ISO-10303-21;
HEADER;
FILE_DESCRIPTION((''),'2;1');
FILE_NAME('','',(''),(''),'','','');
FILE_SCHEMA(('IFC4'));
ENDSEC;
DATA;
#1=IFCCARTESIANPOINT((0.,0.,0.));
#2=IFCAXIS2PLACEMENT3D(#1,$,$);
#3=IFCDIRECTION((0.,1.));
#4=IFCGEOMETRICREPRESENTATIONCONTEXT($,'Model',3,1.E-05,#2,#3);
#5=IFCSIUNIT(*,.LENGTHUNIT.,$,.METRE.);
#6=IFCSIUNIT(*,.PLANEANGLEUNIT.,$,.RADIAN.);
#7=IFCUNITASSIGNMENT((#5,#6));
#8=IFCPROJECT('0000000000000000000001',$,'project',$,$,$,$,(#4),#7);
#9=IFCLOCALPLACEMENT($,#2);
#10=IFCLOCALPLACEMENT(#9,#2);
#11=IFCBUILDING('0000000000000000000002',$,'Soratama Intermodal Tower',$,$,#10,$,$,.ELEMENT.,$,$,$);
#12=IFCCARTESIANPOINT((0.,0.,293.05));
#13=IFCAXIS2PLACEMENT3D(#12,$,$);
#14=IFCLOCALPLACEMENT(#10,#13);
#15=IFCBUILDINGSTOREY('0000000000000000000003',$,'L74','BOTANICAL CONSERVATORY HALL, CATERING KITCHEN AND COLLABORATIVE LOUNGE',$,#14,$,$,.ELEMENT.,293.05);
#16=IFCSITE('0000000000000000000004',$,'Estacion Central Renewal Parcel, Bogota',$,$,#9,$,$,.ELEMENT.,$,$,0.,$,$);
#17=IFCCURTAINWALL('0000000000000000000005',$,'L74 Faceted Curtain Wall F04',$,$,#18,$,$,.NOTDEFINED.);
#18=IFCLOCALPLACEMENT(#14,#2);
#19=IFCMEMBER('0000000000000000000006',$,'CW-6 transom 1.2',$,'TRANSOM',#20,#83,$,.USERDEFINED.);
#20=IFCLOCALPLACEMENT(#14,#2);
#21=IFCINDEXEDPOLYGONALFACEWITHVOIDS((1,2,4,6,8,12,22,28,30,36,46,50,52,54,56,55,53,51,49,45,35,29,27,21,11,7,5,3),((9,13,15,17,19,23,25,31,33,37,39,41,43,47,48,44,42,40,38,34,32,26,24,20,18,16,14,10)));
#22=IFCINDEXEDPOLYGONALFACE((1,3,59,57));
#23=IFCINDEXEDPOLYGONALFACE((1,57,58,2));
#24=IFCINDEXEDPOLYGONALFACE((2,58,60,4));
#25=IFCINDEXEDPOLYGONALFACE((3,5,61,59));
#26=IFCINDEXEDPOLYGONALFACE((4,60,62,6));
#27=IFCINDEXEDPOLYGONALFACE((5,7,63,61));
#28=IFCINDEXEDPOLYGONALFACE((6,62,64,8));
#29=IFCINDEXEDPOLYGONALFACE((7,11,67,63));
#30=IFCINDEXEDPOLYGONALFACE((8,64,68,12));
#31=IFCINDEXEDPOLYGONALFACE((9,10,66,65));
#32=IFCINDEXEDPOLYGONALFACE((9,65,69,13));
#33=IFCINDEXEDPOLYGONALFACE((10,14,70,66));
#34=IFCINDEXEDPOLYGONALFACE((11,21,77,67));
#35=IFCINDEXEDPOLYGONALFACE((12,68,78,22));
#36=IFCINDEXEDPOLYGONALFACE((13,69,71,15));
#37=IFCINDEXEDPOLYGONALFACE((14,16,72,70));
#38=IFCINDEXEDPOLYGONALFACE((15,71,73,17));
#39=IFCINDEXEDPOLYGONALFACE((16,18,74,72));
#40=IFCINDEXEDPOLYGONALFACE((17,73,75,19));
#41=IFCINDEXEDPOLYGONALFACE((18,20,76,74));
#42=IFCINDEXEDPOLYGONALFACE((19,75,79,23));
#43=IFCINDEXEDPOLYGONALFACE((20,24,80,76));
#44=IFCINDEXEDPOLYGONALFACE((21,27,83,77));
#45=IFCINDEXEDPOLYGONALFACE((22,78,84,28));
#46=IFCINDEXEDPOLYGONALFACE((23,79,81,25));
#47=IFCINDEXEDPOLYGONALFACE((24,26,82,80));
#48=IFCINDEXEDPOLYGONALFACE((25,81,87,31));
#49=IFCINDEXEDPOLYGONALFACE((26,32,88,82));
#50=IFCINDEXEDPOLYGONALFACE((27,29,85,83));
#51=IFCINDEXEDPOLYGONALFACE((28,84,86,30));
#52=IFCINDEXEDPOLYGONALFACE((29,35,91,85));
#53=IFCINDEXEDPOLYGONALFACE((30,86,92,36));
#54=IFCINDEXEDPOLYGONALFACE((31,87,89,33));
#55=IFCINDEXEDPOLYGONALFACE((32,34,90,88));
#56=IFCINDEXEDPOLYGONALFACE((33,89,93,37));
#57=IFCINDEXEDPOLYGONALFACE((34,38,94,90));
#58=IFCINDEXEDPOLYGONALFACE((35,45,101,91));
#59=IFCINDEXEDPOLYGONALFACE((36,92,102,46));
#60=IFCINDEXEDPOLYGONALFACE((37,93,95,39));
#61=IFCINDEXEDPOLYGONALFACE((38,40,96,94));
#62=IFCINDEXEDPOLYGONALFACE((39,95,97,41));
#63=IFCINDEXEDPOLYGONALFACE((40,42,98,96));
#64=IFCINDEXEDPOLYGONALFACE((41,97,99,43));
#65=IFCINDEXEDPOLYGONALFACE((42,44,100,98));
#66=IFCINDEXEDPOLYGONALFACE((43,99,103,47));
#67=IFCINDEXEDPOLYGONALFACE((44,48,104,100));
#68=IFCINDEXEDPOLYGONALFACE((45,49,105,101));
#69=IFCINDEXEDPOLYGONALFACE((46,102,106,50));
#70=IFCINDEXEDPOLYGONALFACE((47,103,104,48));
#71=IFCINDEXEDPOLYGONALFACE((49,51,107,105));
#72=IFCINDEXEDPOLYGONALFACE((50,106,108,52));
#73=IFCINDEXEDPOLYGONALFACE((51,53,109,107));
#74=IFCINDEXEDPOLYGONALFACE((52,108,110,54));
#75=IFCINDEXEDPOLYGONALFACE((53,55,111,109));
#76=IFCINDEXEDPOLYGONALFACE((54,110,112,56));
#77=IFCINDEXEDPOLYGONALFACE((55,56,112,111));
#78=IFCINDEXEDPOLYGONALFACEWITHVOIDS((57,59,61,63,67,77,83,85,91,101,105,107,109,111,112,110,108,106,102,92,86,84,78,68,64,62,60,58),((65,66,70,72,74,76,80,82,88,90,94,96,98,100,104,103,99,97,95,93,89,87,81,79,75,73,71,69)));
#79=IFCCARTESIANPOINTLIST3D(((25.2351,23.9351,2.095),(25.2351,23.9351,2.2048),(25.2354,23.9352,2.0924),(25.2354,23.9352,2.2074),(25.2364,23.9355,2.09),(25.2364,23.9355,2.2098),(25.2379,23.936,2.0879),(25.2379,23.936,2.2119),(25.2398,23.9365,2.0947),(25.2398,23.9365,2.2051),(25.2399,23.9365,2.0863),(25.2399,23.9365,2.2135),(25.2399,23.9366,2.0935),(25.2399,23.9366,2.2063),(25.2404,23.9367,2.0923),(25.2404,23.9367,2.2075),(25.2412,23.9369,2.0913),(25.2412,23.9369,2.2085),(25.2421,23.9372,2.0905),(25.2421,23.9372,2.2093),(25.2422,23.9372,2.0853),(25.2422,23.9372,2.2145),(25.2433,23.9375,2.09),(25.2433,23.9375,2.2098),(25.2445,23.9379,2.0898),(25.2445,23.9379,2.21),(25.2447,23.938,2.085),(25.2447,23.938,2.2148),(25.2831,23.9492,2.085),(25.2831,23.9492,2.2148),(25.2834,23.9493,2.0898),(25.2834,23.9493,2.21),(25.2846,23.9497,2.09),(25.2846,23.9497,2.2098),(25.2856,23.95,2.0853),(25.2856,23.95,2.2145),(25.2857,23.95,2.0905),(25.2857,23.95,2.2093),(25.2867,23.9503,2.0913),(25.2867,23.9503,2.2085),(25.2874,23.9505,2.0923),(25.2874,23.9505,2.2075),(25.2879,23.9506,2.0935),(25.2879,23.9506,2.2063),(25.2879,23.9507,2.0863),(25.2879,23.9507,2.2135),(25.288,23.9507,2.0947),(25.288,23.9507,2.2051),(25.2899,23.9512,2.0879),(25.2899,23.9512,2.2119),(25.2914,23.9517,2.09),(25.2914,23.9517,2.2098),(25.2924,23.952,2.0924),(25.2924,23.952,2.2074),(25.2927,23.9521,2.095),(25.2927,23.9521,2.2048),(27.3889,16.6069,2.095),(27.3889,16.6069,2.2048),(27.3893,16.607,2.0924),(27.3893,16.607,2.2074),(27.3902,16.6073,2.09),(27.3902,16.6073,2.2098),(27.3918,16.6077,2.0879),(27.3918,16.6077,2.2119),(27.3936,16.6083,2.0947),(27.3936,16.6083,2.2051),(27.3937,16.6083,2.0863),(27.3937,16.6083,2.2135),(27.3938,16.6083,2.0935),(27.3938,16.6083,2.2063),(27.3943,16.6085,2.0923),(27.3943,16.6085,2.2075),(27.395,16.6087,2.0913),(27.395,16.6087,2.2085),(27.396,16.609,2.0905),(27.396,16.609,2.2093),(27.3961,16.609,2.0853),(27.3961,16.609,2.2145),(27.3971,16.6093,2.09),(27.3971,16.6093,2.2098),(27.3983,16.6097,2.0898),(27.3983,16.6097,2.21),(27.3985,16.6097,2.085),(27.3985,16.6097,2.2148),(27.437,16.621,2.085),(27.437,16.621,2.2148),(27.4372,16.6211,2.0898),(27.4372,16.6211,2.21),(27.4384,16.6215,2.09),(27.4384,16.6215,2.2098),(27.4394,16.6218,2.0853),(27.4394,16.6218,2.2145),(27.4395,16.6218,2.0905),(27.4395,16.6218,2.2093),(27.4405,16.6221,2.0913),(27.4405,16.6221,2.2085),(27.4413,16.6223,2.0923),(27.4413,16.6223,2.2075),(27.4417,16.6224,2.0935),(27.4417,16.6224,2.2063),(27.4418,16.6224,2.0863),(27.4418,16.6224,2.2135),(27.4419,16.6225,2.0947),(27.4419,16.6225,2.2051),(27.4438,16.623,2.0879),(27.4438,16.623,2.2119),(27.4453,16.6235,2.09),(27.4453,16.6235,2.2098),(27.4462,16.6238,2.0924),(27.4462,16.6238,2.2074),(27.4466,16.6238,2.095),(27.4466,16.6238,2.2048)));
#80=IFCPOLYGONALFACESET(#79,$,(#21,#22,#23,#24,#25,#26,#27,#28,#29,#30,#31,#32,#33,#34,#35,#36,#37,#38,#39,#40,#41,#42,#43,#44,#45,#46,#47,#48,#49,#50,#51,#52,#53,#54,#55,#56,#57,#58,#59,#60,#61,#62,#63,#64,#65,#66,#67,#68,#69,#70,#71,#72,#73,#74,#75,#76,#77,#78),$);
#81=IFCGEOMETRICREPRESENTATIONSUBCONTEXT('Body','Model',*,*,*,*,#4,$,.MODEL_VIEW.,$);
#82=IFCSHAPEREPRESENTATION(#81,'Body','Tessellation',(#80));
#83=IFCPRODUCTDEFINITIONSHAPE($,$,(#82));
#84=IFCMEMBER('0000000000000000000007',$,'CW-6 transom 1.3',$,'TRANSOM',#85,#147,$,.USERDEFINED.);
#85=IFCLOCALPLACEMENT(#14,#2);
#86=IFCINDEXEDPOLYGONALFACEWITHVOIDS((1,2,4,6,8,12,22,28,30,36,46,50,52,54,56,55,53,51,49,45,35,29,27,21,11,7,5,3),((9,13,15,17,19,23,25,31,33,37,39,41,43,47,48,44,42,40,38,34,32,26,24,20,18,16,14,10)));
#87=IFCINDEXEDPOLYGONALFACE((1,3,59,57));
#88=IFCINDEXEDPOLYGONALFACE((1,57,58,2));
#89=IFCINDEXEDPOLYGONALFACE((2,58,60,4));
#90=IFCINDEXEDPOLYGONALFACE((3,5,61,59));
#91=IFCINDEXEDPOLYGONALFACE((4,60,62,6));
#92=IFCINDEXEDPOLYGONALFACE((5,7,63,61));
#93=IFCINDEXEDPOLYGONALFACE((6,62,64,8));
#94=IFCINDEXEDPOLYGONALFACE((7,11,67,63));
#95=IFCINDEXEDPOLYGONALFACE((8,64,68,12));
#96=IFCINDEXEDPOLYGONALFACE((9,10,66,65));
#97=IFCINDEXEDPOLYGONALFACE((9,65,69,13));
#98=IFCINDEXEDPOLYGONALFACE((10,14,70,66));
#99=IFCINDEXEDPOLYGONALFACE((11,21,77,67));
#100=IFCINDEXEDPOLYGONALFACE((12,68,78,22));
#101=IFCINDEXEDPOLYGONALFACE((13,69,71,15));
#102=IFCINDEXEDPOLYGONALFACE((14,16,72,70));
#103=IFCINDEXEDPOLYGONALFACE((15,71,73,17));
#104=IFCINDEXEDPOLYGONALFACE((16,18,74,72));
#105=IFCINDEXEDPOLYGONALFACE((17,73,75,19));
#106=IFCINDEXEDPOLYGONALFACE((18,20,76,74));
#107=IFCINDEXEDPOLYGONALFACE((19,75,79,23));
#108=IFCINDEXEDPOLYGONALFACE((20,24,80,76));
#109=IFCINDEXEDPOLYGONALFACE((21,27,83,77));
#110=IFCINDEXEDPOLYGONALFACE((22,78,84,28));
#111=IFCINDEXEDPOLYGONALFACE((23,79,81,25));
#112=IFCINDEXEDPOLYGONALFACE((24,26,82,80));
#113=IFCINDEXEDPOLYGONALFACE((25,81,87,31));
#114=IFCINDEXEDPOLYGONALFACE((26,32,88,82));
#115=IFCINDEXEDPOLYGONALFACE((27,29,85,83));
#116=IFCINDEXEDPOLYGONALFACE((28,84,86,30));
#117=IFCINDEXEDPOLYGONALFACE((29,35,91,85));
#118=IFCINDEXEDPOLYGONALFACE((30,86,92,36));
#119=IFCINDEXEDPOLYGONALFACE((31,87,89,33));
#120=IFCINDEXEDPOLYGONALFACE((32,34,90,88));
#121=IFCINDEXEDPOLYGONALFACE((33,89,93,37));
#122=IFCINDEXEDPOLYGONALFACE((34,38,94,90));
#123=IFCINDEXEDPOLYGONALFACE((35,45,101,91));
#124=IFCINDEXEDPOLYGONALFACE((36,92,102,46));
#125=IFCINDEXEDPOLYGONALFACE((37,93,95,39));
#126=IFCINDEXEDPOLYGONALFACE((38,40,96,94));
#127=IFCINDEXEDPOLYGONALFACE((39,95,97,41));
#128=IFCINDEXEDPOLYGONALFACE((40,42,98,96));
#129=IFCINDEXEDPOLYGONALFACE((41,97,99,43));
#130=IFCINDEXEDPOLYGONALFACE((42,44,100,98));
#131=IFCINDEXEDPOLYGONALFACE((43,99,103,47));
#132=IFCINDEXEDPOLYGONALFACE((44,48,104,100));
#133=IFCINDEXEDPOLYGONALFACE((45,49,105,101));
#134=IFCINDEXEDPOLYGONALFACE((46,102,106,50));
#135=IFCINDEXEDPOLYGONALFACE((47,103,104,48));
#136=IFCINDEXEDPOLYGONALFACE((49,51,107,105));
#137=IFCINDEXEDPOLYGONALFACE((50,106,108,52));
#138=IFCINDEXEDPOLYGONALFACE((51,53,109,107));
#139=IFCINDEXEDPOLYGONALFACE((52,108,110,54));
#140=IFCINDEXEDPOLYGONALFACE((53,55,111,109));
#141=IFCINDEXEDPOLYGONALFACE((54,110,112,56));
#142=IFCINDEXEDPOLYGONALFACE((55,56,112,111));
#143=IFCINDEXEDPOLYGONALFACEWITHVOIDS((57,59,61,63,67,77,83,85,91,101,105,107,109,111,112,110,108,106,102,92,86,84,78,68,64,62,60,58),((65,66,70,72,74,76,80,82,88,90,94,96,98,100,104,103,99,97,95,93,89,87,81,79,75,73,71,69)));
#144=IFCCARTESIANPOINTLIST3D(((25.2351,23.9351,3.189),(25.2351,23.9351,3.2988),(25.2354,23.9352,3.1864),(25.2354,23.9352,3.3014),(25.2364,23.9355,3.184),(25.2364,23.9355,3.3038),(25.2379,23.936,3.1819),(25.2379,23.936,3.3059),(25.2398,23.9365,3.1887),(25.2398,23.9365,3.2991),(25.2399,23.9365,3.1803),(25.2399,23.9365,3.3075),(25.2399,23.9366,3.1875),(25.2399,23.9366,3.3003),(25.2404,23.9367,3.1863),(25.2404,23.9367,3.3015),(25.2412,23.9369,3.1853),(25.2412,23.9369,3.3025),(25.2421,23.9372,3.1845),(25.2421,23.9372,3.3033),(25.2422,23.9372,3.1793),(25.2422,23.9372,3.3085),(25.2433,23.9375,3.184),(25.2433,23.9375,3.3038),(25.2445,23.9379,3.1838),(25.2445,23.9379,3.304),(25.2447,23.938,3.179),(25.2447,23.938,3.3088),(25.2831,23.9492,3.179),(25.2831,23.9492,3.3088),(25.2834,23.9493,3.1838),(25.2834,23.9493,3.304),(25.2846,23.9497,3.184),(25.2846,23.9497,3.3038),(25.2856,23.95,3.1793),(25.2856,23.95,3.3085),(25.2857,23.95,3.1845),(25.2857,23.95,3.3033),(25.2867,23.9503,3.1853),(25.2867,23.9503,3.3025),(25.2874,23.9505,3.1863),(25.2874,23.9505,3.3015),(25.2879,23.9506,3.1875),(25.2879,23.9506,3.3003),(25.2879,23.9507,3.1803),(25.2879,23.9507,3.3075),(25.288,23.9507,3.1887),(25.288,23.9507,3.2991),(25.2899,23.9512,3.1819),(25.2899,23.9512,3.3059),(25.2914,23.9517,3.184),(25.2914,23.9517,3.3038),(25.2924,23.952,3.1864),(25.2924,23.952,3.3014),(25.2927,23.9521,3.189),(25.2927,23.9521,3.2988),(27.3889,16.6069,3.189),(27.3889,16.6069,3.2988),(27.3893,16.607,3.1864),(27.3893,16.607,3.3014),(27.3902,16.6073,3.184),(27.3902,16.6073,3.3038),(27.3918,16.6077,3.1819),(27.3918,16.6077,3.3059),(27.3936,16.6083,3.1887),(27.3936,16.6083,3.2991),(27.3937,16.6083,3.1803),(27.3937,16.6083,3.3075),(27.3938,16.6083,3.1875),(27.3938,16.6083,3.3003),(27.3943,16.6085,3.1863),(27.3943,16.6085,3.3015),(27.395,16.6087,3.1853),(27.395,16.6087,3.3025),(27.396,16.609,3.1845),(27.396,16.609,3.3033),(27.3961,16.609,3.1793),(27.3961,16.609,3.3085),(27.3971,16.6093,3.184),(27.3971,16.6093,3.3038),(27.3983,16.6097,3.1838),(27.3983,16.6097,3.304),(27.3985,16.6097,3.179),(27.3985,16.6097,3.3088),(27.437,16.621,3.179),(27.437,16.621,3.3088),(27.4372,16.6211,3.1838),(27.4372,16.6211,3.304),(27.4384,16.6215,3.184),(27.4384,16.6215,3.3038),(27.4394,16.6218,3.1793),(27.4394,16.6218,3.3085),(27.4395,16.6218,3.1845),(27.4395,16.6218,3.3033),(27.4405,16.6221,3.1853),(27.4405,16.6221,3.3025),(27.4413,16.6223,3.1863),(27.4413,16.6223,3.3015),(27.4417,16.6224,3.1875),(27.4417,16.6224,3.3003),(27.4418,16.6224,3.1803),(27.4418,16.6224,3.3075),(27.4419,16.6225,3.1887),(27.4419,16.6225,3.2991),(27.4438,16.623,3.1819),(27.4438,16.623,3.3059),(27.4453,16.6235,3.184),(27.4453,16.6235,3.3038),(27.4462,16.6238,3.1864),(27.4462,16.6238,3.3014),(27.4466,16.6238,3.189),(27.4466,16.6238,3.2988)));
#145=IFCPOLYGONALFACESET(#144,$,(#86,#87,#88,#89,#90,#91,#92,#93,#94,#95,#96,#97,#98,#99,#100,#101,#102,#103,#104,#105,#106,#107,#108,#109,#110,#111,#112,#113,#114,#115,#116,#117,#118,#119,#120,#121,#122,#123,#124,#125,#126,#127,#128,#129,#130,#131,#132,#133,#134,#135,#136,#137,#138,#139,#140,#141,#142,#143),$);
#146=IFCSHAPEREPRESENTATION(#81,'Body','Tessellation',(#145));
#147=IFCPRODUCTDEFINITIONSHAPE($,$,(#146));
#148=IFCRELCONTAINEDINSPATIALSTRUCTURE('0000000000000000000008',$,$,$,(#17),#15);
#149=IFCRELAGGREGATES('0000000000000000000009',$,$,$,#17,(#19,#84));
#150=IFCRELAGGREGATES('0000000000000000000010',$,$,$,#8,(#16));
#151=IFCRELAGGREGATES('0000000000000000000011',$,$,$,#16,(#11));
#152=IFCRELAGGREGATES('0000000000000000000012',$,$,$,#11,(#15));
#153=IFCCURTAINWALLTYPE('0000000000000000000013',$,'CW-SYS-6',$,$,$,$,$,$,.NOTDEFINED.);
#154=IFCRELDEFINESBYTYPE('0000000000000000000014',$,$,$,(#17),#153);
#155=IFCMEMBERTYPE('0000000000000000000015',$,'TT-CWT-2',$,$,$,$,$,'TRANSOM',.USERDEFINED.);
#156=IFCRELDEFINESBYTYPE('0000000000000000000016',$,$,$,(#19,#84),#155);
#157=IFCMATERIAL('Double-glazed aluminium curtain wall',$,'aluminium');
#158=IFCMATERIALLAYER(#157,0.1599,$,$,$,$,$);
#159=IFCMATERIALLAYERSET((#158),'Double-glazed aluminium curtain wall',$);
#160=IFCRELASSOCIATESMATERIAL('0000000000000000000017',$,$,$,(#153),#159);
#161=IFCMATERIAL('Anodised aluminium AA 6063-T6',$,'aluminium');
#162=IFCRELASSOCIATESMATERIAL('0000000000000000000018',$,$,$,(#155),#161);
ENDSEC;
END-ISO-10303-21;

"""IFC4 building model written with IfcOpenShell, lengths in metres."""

from ifc_helpers import new_model, si_unit, direction, frame, origin, origin_2d, place, context, subcontext, project, spatial, hollow_rectangle, extrude, material, layer, layer_set, material_profile, profile_set, type_object, element, aggregate, save


model = new_model("IFC4")

# Units and contexts
model_context = context("Model", 3, precision=1e-05, world=origin(), true_north=direction((0.0, 1.0)))
body_context = subcontext(model_context, "Body", "Model", "MODEL_VIEW")
ifc_project = project(units=[si_unit("LENGTHUNIT", "METRE"), si_unit("PLANEANGLEUNIT", "RADIAN")], contexts=[model_context])

# Site, building, storey
site_placement = place(None, origin())
site = spatial("IfcSite", under=ifc_project, at=site_placement, Name="Estacion Central Renewal Parcel, Bogota", CompositionType="ELEMENT", RefElevation=0.0)
building_placement = place(site_placement, origin())
building = spatial("IfcBuilding", under=site, at=building_placement, Name="Soratama Intermodal Tower", CompositionType="ELEMENT")
storey_placement = place(building_placement, frame((0.0, 0.0, 293.05)))
storey = spatial("IfcBuildingStorey", under=building, at=storey_placement, Name="L74", Description="BOTANICAL CONSERVATORY HALL, CATERING KITCHEN AND COLLABORATIVE LOUNGE", CompositionType="ELEMENT", Elevation=293.05)

# Curtain wall
ifc_material_1 = material(Name="Double-glazed aluminium curtain wall", Category="aluminium")
ifc_layer_1 = layer(ifc_material_1, 0.1599)
ifc_layer_set_1 = layer_set([ifc_layer_1], Name="Double-glazed aluminium curtain wall")
curtain_wall_type = type_object("IfcCurtainWallType", Name="CW-SYS-6", PredefinedType="NOTDEFINED", material=ifc_layer_set_1)
curtain_wall_1_placement = place(storey_placement, origin())
curtain_wall_1 = element("IfcCurtainWall", 1, at=curtain_wall_1_placement, inside=storey, type_object=curtain_wall_type, Name="L74 Faceted Curtain Wall F04", PredefinedType="NOTDEFINED")

# Members
ifc_material_2 = material(Name="Anodised aluminium AA 6063-T6", Category="aluminium")
ifc_material_profile_1 = material_profile(ifc_material_2, hollow_rectangle(XDim=0.0601, YDim=0.1299, WallThickness=0.0049, InnerFilletRadius=0.0049, OuterFilletRadius=0.01, at=origin_2d()), Name="CWT130X60X5")
ifc_profile_set_1 = profile_set([ifc_material_profile_1], Name="Anodised aluminium AA 6063-T6")
member_type_1 = type_object("IfcMemberType", Name="TT-CWT-2", ElementType="TRANSOM", PredefinedType="USERDEFINED", material=ifc_profile_set_1)
member_1_placement = place(storey_placement, frame((25.2639, 23.9436, 2.1499), z_axis=(0.281983, -0.959419, 0.0), x_axis=(0.959419, 0.281983, 0.0)))
member_1 = element("IfcMember", 2, at=member_1_placement, type_object=member_type_1, Name="CW-6 transom 1.2", ObjectType="TRANSOM", PredefinedType="USERDEFINED", context=body_context, shape_type="SweptSolid", body=[
    extrude(hollow_rectangle(XDim=0.0601, YDim=0.1299, WallThickness=0.0049, InnerFilletRadius=0.0049, OuterFilletRadius=0.01, at=origin_2d()), origin(), (0.0, 0.0, 1.0), 7.6382),
])
member_2_placement = place(storey_placement, frame((25.2639, 23.9436, 3.2439), z_axis=(0.281983, -0.959419, 0.0), x_axis=(0.959419, 0.281983, 0.0)))
member_2 = element("IfcMember", 3, at=member_2_placement, type_object=member_type_1, Name="CW-6 transom 1.3", ObjectType="TRANSOM", PredefinedType="USERDEFINED", context=body_context, shape_type="SweptSolid", body=[
    extrude(hollow_rectangle(XDim=0.0601, YDim=0.1299, WallThickness=0.0049, InnerFilletRadius=0.0049, OuterFilletRadius=0.01, at=origin_2d()), origin(), (0.0, 0.0, 1.0), 7.6382),
])

aggregate(curtain_wall_1, [member_1, member_2])

save(model, "model.ifc")
